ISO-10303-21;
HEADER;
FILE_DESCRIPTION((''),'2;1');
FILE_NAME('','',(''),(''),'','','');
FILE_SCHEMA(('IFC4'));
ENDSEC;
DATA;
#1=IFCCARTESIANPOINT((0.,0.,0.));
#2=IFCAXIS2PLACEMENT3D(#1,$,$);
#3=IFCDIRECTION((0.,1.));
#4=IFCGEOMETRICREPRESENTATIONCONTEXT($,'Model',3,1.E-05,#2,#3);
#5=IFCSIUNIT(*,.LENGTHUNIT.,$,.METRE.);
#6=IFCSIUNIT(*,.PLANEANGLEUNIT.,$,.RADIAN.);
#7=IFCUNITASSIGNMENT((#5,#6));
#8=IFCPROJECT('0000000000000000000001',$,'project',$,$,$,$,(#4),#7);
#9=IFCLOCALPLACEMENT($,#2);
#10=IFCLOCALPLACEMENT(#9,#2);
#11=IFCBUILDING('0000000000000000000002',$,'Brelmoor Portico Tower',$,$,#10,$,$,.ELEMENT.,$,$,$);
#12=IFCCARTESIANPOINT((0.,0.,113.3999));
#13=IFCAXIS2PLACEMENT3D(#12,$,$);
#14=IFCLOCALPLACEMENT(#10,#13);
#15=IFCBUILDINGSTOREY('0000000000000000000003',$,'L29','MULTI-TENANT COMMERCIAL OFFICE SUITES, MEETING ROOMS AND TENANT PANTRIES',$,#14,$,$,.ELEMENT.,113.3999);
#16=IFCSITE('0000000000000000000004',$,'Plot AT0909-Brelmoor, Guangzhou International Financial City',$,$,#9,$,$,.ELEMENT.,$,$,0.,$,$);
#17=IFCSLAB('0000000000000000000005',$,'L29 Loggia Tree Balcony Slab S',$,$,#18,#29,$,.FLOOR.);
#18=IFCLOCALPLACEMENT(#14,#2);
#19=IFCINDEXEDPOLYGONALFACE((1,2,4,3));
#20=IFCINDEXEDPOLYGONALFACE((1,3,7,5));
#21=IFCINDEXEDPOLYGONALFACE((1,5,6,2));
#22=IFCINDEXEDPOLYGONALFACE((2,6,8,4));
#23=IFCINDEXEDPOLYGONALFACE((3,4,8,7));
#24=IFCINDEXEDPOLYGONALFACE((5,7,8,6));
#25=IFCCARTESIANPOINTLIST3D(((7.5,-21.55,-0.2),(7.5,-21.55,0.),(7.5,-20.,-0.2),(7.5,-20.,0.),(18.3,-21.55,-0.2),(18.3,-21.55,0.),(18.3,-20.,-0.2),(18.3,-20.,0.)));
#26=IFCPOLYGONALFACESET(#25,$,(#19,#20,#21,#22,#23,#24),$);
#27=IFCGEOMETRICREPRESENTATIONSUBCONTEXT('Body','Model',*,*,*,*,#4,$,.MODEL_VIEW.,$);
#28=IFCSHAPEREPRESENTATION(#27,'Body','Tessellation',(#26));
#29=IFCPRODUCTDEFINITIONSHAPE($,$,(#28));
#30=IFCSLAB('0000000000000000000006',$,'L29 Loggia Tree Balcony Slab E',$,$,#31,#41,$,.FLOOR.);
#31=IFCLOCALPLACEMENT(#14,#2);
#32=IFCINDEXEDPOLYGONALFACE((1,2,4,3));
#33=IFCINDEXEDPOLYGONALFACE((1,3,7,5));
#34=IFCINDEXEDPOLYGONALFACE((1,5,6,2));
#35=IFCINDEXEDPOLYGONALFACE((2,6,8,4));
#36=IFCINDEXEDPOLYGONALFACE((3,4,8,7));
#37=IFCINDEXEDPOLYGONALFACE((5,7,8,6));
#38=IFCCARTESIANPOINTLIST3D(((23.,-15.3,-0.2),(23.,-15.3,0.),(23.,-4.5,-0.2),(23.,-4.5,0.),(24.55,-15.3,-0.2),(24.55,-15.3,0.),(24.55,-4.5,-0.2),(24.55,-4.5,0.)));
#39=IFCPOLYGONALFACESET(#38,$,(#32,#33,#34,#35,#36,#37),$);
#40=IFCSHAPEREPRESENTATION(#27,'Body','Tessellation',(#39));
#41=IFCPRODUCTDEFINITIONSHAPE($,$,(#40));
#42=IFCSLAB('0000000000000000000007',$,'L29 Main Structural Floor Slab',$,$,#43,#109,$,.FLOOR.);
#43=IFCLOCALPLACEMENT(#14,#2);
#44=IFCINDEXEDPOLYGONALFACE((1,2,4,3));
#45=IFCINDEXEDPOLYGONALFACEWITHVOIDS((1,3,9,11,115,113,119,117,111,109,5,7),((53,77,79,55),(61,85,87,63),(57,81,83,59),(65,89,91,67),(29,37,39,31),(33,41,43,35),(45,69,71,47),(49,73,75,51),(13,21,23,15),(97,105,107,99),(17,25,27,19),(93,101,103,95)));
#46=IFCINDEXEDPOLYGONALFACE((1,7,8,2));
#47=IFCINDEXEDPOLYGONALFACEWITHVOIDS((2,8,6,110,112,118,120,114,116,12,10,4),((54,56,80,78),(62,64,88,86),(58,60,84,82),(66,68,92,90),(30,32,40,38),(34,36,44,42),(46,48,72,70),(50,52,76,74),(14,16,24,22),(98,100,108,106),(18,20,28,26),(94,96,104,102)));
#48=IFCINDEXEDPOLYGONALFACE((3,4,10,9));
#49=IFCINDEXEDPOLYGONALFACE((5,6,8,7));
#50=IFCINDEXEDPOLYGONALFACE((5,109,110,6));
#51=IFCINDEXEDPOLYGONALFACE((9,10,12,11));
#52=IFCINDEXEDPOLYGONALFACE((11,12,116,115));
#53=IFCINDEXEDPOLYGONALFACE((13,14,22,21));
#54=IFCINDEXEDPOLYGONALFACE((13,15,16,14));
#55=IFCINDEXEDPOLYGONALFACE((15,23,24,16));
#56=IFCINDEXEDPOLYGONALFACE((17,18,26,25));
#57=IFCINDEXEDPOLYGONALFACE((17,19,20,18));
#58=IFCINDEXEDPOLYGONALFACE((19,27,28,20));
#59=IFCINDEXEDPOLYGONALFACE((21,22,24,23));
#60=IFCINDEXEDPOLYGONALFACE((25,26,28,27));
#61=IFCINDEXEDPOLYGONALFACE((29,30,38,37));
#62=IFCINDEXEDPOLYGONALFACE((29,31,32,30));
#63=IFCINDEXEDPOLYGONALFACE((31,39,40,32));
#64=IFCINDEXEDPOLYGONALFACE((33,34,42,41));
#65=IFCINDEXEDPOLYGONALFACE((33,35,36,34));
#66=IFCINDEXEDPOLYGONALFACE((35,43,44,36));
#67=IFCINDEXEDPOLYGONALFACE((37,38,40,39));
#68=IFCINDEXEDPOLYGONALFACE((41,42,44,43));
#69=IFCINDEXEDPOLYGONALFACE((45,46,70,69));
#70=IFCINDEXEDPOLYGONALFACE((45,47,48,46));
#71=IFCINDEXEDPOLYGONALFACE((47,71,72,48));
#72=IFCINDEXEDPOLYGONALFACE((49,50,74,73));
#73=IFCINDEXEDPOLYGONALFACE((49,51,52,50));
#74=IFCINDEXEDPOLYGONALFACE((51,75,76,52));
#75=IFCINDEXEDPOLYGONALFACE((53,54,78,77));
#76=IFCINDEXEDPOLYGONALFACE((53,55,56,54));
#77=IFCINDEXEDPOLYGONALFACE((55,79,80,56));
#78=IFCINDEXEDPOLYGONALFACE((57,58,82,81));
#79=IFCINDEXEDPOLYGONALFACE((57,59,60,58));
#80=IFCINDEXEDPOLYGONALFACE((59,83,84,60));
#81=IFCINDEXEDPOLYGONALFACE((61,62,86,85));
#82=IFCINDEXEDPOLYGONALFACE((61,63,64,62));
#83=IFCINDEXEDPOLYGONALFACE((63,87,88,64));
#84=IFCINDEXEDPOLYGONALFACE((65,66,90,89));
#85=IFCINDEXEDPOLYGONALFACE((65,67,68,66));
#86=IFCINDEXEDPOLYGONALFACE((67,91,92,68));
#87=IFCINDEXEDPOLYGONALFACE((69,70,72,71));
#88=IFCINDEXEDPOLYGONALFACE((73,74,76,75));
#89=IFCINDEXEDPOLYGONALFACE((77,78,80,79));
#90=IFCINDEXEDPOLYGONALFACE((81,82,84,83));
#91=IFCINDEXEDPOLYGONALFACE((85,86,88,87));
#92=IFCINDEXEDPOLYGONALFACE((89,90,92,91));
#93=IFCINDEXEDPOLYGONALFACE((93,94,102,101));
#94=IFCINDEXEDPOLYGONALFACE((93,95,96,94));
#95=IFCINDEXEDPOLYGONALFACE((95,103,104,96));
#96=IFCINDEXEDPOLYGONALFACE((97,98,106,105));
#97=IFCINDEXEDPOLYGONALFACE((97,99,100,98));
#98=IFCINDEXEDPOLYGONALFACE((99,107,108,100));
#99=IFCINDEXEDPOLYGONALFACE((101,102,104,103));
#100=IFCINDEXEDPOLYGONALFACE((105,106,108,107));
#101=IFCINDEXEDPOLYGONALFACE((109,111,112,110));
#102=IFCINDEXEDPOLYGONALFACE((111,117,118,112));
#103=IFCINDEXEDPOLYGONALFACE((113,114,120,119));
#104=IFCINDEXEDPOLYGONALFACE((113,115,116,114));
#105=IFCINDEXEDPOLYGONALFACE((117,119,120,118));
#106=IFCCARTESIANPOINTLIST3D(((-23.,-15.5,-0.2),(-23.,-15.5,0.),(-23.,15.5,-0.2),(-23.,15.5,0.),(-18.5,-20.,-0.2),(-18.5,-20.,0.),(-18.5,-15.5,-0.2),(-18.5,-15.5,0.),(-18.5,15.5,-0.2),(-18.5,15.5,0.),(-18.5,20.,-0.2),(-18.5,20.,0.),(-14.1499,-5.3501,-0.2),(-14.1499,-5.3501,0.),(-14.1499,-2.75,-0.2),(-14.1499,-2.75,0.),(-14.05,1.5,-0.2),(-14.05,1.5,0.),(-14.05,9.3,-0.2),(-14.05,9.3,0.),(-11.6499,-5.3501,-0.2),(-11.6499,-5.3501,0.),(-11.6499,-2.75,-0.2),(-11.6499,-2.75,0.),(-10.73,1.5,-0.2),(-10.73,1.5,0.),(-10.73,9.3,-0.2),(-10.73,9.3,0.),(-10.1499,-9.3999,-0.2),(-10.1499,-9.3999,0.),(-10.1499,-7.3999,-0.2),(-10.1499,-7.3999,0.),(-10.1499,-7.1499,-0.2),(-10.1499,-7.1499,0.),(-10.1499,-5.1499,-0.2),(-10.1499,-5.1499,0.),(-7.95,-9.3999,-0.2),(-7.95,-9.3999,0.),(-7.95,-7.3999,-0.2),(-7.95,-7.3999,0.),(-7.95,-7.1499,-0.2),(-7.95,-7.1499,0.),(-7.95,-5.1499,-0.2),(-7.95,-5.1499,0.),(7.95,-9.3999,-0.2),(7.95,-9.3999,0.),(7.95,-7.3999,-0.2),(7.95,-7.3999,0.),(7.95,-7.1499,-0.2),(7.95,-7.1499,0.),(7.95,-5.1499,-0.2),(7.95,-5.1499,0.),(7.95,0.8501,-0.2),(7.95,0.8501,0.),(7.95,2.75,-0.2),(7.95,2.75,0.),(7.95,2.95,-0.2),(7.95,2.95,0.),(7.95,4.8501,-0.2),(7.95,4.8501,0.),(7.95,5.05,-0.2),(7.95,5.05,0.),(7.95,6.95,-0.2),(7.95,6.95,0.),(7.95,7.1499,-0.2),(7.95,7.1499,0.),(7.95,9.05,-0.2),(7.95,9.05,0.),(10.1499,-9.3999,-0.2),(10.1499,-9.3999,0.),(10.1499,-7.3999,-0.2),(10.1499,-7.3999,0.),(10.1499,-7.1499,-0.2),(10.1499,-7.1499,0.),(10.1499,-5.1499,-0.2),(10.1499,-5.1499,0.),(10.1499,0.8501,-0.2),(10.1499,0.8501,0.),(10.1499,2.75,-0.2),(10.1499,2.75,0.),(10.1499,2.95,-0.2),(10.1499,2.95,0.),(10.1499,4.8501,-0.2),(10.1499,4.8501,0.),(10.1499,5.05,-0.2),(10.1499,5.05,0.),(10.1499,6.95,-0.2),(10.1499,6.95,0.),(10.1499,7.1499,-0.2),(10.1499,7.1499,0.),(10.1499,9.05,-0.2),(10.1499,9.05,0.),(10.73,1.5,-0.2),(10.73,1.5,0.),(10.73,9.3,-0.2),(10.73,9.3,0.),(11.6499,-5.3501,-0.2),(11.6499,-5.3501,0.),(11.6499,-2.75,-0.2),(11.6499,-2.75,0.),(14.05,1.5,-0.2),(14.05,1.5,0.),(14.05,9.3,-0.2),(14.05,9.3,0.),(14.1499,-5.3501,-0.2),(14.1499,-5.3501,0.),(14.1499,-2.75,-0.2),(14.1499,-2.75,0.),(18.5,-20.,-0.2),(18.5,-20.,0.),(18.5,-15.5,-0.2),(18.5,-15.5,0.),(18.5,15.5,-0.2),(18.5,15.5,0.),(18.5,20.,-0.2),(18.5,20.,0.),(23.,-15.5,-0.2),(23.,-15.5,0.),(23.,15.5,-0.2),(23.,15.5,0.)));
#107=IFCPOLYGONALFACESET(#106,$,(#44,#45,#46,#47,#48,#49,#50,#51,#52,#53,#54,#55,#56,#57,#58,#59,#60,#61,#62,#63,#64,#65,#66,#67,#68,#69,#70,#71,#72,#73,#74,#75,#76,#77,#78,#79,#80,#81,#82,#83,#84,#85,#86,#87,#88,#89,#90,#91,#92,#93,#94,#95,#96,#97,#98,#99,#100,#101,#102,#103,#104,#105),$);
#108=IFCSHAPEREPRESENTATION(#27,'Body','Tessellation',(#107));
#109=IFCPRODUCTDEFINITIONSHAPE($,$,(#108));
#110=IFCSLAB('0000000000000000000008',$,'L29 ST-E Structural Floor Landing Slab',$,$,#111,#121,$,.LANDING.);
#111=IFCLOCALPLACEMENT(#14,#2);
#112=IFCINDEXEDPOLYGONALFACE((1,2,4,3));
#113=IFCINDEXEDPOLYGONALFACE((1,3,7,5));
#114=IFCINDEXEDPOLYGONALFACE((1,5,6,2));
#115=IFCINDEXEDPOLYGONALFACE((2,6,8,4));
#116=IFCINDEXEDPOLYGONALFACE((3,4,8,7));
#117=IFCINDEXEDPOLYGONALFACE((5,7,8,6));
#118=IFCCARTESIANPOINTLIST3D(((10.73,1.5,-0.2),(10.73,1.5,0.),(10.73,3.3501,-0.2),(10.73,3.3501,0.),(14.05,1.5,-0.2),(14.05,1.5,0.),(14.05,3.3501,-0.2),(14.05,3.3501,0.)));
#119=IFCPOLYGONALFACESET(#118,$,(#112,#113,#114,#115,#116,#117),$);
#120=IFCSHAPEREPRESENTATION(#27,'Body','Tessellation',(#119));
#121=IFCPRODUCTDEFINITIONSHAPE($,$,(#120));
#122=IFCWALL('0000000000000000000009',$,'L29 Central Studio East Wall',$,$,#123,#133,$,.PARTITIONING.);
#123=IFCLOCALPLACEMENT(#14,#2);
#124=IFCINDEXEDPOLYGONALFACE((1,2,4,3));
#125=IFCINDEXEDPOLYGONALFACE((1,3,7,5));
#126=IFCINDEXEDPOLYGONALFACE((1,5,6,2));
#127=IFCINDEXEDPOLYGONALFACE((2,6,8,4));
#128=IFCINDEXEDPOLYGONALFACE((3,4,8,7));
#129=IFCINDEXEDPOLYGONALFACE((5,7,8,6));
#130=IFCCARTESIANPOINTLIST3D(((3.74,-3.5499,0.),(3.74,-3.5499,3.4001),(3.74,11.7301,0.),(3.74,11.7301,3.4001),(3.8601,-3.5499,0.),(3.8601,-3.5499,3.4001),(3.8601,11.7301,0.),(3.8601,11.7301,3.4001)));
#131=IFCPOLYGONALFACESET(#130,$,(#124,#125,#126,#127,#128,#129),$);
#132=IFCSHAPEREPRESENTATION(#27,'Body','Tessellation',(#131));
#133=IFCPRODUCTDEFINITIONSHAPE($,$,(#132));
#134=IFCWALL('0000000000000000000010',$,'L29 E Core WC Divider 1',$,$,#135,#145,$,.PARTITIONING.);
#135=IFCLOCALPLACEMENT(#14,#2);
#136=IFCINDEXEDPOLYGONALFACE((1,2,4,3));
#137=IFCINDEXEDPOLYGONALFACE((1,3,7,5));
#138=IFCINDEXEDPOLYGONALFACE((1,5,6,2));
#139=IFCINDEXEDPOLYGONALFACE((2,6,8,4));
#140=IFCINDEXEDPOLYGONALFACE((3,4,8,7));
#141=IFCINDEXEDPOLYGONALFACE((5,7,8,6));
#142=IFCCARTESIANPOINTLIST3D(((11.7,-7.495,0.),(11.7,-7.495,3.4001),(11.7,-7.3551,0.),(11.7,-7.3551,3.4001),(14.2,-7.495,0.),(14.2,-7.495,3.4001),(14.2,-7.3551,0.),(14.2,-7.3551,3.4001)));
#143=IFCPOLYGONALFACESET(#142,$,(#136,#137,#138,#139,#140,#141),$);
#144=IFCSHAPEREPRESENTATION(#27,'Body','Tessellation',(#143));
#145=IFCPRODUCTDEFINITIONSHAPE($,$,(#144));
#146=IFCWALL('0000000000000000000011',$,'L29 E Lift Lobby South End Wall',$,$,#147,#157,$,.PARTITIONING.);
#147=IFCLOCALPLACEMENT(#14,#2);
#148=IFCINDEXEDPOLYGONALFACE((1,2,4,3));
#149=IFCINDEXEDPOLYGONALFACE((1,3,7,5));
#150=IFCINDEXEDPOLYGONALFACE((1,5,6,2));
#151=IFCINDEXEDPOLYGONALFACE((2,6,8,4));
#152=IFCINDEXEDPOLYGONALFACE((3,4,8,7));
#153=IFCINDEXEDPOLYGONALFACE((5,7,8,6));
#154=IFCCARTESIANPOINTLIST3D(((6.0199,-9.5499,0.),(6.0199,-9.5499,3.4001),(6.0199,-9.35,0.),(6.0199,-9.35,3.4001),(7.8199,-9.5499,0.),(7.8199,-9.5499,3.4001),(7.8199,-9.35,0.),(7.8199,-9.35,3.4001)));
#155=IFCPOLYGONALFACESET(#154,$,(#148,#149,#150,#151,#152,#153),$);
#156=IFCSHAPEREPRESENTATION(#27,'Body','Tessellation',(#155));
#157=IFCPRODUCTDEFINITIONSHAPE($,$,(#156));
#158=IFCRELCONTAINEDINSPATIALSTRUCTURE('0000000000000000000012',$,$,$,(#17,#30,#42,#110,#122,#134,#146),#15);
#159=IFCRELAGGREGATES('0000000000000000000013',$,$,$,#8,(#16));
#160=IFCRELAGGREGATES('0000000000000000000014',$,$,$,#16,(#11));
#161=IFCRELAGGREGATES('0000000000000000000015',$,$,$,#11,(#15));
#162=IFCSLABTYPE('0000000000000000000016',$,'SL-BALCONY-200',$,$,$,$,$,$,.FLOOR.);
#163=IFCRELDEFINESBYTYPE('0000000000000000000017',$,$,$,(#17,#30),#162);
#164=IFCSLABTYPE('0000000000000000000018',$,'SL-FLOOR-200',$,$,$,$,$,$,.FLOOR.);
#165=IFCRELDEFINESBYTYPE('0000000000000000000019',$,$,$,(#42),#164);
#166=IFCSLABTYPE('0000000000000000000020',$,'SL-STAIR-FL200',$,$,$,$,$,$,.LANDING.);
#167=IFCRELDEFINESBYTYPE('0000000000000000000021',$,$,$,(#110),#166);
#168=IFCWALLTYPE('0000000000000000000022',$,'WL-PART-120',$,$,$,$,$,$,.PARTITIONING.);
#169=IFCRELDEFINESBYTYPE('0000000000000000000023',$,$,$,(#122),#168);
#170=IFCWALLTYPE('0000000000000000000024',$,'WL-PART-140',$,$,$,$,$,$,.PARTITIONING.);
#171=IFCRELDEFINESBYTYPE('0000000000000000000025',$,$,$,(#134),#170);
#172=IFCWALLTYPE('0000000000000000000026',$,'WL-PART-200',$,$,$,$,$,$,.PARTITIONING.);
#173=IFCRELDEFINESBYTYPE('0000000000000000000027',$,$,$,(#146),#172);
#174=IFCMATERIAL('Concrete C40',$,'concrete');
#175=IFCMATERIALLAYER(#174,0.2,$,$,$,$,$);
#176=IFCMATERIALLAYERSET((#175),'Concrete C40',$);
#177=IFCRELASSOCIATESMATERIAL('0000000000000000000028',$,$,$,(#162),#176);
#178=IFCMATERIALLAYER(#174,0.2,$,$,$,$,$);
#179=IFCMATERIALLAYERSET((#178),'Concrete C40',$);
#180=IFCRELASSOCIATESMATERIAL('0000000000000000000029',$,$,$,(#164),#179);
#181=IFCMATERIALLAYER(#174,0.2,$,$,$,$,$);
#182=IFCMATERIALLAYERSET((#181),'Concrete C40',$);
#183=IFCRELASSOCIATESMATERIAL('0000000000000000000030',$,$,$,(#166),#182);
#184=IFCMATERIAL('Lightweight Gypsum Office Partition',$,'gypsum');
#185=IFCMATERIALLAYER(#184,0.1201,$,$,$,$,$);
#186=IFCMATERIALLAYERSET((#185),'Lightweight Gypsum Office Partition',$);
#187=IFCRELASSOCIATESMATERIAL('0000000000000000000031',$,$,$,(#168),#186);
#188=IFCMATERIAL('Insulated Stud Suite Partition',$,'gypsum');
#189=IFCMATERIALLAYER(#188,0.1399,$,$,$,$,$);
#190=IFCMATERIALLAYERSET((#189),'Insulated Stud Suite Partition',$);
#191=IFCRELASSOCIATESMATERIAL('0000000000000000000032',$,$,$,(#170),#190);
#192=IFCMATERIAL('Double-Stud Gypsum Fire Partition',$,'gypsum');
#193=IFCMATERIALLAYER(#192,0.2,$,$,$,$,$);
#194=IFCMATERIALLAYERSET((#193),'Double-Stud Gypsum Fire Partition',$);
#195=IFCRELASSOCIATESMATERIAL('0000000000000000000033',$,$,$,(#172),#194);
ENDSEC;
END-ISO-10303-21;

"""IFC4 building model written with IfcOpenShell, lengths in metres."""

from ifc_helpers import new_model, si_unit, direction, frame, frame_2d, origin, place, context, subcontext, project, spatial, polyline, rectangle, outline, extrude, material, layer, layer_set, type_object, element, save


model = new_model("IFC4")

# Units and contexts
model_context = context("Model", 3, precision=1e-05, world=origin(), true_north=direction((0.0, 1.0)))
body_context = subcontext(model_context, "Body", "Model", "MODEL_VIEW")
ifc_project = project(units=[si_unit("LENGTHUNIT", "METRE"), si_unit("PLANEANGLEUNIT", "RADIAN")], contexts=[model_context])

# Site, building, storey
site_placement = place(None, origin())
site = spatial("IfcSite", under=ifc_project, at=site_placement, Name="Plot AT0909-Brelmoor, Guangzhou International Financial City", CompositionType="ELEMENT", RefElevation=0.0)
building_placement = place(site_placement, origin())
building = spatial("IfcBuilding", under=site, at=building_placement, Name="Brelmoor Portico Tower", CompositionType="ELEMENT")
storey_placement = place(building_placement, frame((0.0, 0.0, 113.3999)))
storey = spatial("IfcBuildingStorey", under=building, at=storey_placement, Name="L29", Description="MULTI-TENANT COMMERCIAL OFFICE SUITES, MEETING ROOMS AND TENANT PANTRIES", CompositionType="ELEMENT", Elevation=113.3999)

# Slabs
ifc_material_1 = material(Name="Concrete C40", Category="concrete")
ifc_layer_1 = layer(ifc_material_1, 0.2)
ifc_layer_set_1 = layer_set([ifc_layer_1], Name="Concrete C40")
slab_type_1 = type_object("IfcSlabType", Name="SL-BALCONY-200", PredefinedType="FLOOR", material=ifc_layer_set_1)
slab_1_placement = place(storey_placement, frame((0.0, 0.0, -0.2)))
element("IfcSlab", 1, at=slab_1_placement, inside=storey, type_object=slab_type_1, Name="L29 Loggia Tree Balcony Slab S", PredefinedType="FLOOR", context=body_context, shape_type="SweptSolid", body=[
    extrude(outline(polyline([(7.5, -21.55), (18.3, -21.55), (18.3, -20.0), (7.5, -20.0), (7.5, -21.55)])), origin(), (0.0, 0.0, 1.0), 0.2),
])
slab_2_placement = place(storey_placement, frame((0.0, 0.0, -0.2)))
element("IfcSlab", 2, at=slab_2_placement, inside=storey, type_object=slab_type_1, Name="L29 Loggia Tree Balcony Slab E", PredefinedType="FLOOR", context=body_context, shape_type="SweptSolid", body=[
    extrude(outline(polyline([(23.0, -15.3), (24.55, -15.3), (24.55, -4.5), (23.0, -4.5), (23.0, -15.3)])), origin(), (0.0, 0.0, 1.0), 0.2),
])
ifc_layer_2 = layer(ifc_material_1, 0.2)
ifc_layer_set_2 = layer_set([ifc_layer_2], Name="Concrete C40")
slab_type_2 = type_object("IfcSlabType", Name="SL-FLOOR-200", PredefinedType="FLOOR", material=ifc_layer_set_2)
slab_3_placement = place(storey_placement, frame((0.0, 0.0, -0.2)))
element("IfcSlab", 3, at=slab_3_placement, inside=storey, type_object=slab_type_2, Name="L29 Main Structural Floor Slab", PredefinedType="FLOOR", context=body_context, shape_type="SweptSolid", body=[
    extrude(outline(polyline([(-18.5, -20.0), (18.5, -20.0), (18.5, -15.5), (23.0, -15.5), (23.0, 15.5), (18.5, 15.5), (18.5, 20.0), (-18.5, 20.0), (-18.5, 15.5), (-23.0, 15.5), (-23.0, -15.5), (-18.5, -15.5), (-18.5, -20.0)]), holes=[polyline([(-10.73, 1.5), (-10.73, 9.3), (-14.05, 9.3), (-14.05, 1.5), (-10.73, 1.5)]), polyline([(14.05, 1.5), (14.05, 9.3), (10.73, 9.3), (10.73, 1.5), (14.05, 1.5)]), polyline([(7.95, 0.8501), (10.1499, 0.8501), (10.1499, 2.75), (7.95, 2.75), (7.95, 0.8501)]), polyline([(7.95, 2.95), (10.1499, 2.95), (10.1499, 4.8501), (7.95, 4.8501), (7.95, 2.95)]), polyline([(7.95, 5.05), (10.1499, 5.05), (10.1499, 6.95), (7.95, 6.95), (7.95, 5.05)]), polyline([(7.95, 7.1499), (10.1499, 7.1499), (10.1499, 9.05), (7.95, 9.05), (7.95, 7.1499)]), polyline([(-10.1499, -9.3999), (-7.95, -9.3999), (-7.95, -7.3999), (-10.1499, -7.3999), (-10.1499, -9.3999)]), polyline([(-10.1499, -7.1499), (-7.95, -7.1499), (-7.95, -5.1499), (-10.1499, -5.1499), (-10.1499, -7.1499)]), polyline([(7.95, -9.3999), (10.1499, -9.3999), (10.1499, -7.3999), (7.95, -7.3999), (7.95, -9.3999)]), polyline([(7.95, -7.1499), (10.1499, -7.1499), (10.1499, -5.1499), (7.95, -5.1499), (7.95, -7.1499)]), polyline([(-14.1499, -5.3501), (-11.6499, -5.3501), (-11.6499, -2.75), (-14.1499, -2.75), (-14.1499, -5.3501)]), polyline([(11.6499, -5.3501), (14.1499, -5.3501), (14.1499, -2.75), (11.6499, -2.75), (11.6499, -5.3501)])]), origin(), (0.0, 0.0, 1.0), 0.2),
])
ifc_layer_3 = layer(ifc_material_1, 0.2)
ifc_layer_set_3 = layer_set([ifc_layer_3], Name="Concrete C40")
slab_type_3 = type_object("IfcSlabType", Name="SL-STAIR-FL200", PredefinedType="LANDING", material=ifc_layer_set_3)
slab_4_placement = place(storey_placement, frame((0.0, 0.0, -0.2)))
element("IfcSlab", 4, at=slab_4_placement, inside=storey, type_object=slab_type_3, Name="L29 ST-E Structural Floor Landing Slab", PredefinedType="LANDING", context=body_context, shape_type="SweptSolid", body=[
    extrude(outline(polyline([(14.05, 1.5), (14.05, 3.3501), (10.73, 3.3501), (10.73, 1.5), (14.05, 1.5)])), origin(), (0.0, 0.0, 1.0), 0.2),
])

# Walls
ifc_material_2 = material(Name="Lightweight Gypsum Office Partition", Category="gypsum")
ifc_layer_4 = layer(ifc_material_2, 0.1201)
ifc_layer_set_4 = layer_set([ifc_layer_4], Name="Lightweight Gypsum Office Partition")
wall_type_1 = type_object("IfcWallType", Name="WL-PART-120", PredefinedType="PARTITIONING", material=ifc_layer_set_4)
wall_1_placement = place(storey_placement, frame((3.8, -3.55, 0.0), z_axis=(0.0, 0.0, 1.0), x_axis=(0.0, 1.0, 0.0)))
element("IfcWall", 5, at=wall_1_placement, inside=storey, type_object=wall_type_1, Name="L29 Central Studio East Wall", PredefinedType="PARTITIONING", context=body_context, shape_type="SweptSolid", body=[
    extrude(rectangle(XDim=15.28, YDim=0.1201, at=frame_2d((7.6401, 0.0))), origin(), (0.0, 0.0, 1.0), 3.4001),
])
ifc_material_3 = material(Name="Insulated Stud Suite Partition", Category="gypsum")
ifc_layer_5 = layer(ifc_material_3, 0.1399)
ifc_layer_set_5 = layer_set([ifc_layer_5], Name="Insulated Stud Suite Partition")
wall_type_2 = type_object("IfcWallType", Name="WL-PART-140", PredefinedType="PARTITIONING", material=ifc_layer_set_5)
wall_2_placement = place(storey_placement, frame((11.7, -7.425, 0.0), z_axis=(0.0, 0.0, 1.0), x_axis=(1.0, 0.0, 0.0)))
element("IfcWall", 6, at=wall_2_placement, inside=storey, type_object=wall_type_2, Name="L29 E Core WC Divider 1", PredefinedType="PARTITIONING", context=body_context, shape_type="SweptSolid", body=[
    extrude(rectangle(XDim=2.5, YDim=0.1399, at=frame_2d((1.25, 0.0))), origin(), (0.0, 0.0, 1.0), 3.4001),
])

# Wall
ifc_material_4 = material(Name="Double-Stud Gypsum Fire Partition", Category="gypsum")
ifc_layer_6 = layer(ifc_material_4, 0.2)
ifc_layer_set_6 = layer_set([ifc_layer_6], Name="Double-Stud Gypsum Fire Partition")
wall_type_3 = type_object("IfcWallType", Name="WL-PART-200", PredefinedType="PARTITIONING", material=ifc_layer_set_6)
wall_3_placement = place(storey_placement, frame((6.02, -9.45, 0.0), z_axis=(0.0, 0.0, 1.0), x_axis=(1.0, 0.0, 0.0)))
element("IfcWall", 7, at=wall_3_placement, inside=storey, type_object=wall_type_3, Name="L29 E Lift Lobby South End Wall", PredefinedType="PARTITIONING", context=body_context, shape_type="SweptSolid", body=[
    extrude(rectangle(XDim=1.8, YDim=0.2, at=frame_2d((0.8999, 0.0))), origin(), (0.0, 0.0, 1.0), 3.4001),
])

save(model, "model.ifc")
